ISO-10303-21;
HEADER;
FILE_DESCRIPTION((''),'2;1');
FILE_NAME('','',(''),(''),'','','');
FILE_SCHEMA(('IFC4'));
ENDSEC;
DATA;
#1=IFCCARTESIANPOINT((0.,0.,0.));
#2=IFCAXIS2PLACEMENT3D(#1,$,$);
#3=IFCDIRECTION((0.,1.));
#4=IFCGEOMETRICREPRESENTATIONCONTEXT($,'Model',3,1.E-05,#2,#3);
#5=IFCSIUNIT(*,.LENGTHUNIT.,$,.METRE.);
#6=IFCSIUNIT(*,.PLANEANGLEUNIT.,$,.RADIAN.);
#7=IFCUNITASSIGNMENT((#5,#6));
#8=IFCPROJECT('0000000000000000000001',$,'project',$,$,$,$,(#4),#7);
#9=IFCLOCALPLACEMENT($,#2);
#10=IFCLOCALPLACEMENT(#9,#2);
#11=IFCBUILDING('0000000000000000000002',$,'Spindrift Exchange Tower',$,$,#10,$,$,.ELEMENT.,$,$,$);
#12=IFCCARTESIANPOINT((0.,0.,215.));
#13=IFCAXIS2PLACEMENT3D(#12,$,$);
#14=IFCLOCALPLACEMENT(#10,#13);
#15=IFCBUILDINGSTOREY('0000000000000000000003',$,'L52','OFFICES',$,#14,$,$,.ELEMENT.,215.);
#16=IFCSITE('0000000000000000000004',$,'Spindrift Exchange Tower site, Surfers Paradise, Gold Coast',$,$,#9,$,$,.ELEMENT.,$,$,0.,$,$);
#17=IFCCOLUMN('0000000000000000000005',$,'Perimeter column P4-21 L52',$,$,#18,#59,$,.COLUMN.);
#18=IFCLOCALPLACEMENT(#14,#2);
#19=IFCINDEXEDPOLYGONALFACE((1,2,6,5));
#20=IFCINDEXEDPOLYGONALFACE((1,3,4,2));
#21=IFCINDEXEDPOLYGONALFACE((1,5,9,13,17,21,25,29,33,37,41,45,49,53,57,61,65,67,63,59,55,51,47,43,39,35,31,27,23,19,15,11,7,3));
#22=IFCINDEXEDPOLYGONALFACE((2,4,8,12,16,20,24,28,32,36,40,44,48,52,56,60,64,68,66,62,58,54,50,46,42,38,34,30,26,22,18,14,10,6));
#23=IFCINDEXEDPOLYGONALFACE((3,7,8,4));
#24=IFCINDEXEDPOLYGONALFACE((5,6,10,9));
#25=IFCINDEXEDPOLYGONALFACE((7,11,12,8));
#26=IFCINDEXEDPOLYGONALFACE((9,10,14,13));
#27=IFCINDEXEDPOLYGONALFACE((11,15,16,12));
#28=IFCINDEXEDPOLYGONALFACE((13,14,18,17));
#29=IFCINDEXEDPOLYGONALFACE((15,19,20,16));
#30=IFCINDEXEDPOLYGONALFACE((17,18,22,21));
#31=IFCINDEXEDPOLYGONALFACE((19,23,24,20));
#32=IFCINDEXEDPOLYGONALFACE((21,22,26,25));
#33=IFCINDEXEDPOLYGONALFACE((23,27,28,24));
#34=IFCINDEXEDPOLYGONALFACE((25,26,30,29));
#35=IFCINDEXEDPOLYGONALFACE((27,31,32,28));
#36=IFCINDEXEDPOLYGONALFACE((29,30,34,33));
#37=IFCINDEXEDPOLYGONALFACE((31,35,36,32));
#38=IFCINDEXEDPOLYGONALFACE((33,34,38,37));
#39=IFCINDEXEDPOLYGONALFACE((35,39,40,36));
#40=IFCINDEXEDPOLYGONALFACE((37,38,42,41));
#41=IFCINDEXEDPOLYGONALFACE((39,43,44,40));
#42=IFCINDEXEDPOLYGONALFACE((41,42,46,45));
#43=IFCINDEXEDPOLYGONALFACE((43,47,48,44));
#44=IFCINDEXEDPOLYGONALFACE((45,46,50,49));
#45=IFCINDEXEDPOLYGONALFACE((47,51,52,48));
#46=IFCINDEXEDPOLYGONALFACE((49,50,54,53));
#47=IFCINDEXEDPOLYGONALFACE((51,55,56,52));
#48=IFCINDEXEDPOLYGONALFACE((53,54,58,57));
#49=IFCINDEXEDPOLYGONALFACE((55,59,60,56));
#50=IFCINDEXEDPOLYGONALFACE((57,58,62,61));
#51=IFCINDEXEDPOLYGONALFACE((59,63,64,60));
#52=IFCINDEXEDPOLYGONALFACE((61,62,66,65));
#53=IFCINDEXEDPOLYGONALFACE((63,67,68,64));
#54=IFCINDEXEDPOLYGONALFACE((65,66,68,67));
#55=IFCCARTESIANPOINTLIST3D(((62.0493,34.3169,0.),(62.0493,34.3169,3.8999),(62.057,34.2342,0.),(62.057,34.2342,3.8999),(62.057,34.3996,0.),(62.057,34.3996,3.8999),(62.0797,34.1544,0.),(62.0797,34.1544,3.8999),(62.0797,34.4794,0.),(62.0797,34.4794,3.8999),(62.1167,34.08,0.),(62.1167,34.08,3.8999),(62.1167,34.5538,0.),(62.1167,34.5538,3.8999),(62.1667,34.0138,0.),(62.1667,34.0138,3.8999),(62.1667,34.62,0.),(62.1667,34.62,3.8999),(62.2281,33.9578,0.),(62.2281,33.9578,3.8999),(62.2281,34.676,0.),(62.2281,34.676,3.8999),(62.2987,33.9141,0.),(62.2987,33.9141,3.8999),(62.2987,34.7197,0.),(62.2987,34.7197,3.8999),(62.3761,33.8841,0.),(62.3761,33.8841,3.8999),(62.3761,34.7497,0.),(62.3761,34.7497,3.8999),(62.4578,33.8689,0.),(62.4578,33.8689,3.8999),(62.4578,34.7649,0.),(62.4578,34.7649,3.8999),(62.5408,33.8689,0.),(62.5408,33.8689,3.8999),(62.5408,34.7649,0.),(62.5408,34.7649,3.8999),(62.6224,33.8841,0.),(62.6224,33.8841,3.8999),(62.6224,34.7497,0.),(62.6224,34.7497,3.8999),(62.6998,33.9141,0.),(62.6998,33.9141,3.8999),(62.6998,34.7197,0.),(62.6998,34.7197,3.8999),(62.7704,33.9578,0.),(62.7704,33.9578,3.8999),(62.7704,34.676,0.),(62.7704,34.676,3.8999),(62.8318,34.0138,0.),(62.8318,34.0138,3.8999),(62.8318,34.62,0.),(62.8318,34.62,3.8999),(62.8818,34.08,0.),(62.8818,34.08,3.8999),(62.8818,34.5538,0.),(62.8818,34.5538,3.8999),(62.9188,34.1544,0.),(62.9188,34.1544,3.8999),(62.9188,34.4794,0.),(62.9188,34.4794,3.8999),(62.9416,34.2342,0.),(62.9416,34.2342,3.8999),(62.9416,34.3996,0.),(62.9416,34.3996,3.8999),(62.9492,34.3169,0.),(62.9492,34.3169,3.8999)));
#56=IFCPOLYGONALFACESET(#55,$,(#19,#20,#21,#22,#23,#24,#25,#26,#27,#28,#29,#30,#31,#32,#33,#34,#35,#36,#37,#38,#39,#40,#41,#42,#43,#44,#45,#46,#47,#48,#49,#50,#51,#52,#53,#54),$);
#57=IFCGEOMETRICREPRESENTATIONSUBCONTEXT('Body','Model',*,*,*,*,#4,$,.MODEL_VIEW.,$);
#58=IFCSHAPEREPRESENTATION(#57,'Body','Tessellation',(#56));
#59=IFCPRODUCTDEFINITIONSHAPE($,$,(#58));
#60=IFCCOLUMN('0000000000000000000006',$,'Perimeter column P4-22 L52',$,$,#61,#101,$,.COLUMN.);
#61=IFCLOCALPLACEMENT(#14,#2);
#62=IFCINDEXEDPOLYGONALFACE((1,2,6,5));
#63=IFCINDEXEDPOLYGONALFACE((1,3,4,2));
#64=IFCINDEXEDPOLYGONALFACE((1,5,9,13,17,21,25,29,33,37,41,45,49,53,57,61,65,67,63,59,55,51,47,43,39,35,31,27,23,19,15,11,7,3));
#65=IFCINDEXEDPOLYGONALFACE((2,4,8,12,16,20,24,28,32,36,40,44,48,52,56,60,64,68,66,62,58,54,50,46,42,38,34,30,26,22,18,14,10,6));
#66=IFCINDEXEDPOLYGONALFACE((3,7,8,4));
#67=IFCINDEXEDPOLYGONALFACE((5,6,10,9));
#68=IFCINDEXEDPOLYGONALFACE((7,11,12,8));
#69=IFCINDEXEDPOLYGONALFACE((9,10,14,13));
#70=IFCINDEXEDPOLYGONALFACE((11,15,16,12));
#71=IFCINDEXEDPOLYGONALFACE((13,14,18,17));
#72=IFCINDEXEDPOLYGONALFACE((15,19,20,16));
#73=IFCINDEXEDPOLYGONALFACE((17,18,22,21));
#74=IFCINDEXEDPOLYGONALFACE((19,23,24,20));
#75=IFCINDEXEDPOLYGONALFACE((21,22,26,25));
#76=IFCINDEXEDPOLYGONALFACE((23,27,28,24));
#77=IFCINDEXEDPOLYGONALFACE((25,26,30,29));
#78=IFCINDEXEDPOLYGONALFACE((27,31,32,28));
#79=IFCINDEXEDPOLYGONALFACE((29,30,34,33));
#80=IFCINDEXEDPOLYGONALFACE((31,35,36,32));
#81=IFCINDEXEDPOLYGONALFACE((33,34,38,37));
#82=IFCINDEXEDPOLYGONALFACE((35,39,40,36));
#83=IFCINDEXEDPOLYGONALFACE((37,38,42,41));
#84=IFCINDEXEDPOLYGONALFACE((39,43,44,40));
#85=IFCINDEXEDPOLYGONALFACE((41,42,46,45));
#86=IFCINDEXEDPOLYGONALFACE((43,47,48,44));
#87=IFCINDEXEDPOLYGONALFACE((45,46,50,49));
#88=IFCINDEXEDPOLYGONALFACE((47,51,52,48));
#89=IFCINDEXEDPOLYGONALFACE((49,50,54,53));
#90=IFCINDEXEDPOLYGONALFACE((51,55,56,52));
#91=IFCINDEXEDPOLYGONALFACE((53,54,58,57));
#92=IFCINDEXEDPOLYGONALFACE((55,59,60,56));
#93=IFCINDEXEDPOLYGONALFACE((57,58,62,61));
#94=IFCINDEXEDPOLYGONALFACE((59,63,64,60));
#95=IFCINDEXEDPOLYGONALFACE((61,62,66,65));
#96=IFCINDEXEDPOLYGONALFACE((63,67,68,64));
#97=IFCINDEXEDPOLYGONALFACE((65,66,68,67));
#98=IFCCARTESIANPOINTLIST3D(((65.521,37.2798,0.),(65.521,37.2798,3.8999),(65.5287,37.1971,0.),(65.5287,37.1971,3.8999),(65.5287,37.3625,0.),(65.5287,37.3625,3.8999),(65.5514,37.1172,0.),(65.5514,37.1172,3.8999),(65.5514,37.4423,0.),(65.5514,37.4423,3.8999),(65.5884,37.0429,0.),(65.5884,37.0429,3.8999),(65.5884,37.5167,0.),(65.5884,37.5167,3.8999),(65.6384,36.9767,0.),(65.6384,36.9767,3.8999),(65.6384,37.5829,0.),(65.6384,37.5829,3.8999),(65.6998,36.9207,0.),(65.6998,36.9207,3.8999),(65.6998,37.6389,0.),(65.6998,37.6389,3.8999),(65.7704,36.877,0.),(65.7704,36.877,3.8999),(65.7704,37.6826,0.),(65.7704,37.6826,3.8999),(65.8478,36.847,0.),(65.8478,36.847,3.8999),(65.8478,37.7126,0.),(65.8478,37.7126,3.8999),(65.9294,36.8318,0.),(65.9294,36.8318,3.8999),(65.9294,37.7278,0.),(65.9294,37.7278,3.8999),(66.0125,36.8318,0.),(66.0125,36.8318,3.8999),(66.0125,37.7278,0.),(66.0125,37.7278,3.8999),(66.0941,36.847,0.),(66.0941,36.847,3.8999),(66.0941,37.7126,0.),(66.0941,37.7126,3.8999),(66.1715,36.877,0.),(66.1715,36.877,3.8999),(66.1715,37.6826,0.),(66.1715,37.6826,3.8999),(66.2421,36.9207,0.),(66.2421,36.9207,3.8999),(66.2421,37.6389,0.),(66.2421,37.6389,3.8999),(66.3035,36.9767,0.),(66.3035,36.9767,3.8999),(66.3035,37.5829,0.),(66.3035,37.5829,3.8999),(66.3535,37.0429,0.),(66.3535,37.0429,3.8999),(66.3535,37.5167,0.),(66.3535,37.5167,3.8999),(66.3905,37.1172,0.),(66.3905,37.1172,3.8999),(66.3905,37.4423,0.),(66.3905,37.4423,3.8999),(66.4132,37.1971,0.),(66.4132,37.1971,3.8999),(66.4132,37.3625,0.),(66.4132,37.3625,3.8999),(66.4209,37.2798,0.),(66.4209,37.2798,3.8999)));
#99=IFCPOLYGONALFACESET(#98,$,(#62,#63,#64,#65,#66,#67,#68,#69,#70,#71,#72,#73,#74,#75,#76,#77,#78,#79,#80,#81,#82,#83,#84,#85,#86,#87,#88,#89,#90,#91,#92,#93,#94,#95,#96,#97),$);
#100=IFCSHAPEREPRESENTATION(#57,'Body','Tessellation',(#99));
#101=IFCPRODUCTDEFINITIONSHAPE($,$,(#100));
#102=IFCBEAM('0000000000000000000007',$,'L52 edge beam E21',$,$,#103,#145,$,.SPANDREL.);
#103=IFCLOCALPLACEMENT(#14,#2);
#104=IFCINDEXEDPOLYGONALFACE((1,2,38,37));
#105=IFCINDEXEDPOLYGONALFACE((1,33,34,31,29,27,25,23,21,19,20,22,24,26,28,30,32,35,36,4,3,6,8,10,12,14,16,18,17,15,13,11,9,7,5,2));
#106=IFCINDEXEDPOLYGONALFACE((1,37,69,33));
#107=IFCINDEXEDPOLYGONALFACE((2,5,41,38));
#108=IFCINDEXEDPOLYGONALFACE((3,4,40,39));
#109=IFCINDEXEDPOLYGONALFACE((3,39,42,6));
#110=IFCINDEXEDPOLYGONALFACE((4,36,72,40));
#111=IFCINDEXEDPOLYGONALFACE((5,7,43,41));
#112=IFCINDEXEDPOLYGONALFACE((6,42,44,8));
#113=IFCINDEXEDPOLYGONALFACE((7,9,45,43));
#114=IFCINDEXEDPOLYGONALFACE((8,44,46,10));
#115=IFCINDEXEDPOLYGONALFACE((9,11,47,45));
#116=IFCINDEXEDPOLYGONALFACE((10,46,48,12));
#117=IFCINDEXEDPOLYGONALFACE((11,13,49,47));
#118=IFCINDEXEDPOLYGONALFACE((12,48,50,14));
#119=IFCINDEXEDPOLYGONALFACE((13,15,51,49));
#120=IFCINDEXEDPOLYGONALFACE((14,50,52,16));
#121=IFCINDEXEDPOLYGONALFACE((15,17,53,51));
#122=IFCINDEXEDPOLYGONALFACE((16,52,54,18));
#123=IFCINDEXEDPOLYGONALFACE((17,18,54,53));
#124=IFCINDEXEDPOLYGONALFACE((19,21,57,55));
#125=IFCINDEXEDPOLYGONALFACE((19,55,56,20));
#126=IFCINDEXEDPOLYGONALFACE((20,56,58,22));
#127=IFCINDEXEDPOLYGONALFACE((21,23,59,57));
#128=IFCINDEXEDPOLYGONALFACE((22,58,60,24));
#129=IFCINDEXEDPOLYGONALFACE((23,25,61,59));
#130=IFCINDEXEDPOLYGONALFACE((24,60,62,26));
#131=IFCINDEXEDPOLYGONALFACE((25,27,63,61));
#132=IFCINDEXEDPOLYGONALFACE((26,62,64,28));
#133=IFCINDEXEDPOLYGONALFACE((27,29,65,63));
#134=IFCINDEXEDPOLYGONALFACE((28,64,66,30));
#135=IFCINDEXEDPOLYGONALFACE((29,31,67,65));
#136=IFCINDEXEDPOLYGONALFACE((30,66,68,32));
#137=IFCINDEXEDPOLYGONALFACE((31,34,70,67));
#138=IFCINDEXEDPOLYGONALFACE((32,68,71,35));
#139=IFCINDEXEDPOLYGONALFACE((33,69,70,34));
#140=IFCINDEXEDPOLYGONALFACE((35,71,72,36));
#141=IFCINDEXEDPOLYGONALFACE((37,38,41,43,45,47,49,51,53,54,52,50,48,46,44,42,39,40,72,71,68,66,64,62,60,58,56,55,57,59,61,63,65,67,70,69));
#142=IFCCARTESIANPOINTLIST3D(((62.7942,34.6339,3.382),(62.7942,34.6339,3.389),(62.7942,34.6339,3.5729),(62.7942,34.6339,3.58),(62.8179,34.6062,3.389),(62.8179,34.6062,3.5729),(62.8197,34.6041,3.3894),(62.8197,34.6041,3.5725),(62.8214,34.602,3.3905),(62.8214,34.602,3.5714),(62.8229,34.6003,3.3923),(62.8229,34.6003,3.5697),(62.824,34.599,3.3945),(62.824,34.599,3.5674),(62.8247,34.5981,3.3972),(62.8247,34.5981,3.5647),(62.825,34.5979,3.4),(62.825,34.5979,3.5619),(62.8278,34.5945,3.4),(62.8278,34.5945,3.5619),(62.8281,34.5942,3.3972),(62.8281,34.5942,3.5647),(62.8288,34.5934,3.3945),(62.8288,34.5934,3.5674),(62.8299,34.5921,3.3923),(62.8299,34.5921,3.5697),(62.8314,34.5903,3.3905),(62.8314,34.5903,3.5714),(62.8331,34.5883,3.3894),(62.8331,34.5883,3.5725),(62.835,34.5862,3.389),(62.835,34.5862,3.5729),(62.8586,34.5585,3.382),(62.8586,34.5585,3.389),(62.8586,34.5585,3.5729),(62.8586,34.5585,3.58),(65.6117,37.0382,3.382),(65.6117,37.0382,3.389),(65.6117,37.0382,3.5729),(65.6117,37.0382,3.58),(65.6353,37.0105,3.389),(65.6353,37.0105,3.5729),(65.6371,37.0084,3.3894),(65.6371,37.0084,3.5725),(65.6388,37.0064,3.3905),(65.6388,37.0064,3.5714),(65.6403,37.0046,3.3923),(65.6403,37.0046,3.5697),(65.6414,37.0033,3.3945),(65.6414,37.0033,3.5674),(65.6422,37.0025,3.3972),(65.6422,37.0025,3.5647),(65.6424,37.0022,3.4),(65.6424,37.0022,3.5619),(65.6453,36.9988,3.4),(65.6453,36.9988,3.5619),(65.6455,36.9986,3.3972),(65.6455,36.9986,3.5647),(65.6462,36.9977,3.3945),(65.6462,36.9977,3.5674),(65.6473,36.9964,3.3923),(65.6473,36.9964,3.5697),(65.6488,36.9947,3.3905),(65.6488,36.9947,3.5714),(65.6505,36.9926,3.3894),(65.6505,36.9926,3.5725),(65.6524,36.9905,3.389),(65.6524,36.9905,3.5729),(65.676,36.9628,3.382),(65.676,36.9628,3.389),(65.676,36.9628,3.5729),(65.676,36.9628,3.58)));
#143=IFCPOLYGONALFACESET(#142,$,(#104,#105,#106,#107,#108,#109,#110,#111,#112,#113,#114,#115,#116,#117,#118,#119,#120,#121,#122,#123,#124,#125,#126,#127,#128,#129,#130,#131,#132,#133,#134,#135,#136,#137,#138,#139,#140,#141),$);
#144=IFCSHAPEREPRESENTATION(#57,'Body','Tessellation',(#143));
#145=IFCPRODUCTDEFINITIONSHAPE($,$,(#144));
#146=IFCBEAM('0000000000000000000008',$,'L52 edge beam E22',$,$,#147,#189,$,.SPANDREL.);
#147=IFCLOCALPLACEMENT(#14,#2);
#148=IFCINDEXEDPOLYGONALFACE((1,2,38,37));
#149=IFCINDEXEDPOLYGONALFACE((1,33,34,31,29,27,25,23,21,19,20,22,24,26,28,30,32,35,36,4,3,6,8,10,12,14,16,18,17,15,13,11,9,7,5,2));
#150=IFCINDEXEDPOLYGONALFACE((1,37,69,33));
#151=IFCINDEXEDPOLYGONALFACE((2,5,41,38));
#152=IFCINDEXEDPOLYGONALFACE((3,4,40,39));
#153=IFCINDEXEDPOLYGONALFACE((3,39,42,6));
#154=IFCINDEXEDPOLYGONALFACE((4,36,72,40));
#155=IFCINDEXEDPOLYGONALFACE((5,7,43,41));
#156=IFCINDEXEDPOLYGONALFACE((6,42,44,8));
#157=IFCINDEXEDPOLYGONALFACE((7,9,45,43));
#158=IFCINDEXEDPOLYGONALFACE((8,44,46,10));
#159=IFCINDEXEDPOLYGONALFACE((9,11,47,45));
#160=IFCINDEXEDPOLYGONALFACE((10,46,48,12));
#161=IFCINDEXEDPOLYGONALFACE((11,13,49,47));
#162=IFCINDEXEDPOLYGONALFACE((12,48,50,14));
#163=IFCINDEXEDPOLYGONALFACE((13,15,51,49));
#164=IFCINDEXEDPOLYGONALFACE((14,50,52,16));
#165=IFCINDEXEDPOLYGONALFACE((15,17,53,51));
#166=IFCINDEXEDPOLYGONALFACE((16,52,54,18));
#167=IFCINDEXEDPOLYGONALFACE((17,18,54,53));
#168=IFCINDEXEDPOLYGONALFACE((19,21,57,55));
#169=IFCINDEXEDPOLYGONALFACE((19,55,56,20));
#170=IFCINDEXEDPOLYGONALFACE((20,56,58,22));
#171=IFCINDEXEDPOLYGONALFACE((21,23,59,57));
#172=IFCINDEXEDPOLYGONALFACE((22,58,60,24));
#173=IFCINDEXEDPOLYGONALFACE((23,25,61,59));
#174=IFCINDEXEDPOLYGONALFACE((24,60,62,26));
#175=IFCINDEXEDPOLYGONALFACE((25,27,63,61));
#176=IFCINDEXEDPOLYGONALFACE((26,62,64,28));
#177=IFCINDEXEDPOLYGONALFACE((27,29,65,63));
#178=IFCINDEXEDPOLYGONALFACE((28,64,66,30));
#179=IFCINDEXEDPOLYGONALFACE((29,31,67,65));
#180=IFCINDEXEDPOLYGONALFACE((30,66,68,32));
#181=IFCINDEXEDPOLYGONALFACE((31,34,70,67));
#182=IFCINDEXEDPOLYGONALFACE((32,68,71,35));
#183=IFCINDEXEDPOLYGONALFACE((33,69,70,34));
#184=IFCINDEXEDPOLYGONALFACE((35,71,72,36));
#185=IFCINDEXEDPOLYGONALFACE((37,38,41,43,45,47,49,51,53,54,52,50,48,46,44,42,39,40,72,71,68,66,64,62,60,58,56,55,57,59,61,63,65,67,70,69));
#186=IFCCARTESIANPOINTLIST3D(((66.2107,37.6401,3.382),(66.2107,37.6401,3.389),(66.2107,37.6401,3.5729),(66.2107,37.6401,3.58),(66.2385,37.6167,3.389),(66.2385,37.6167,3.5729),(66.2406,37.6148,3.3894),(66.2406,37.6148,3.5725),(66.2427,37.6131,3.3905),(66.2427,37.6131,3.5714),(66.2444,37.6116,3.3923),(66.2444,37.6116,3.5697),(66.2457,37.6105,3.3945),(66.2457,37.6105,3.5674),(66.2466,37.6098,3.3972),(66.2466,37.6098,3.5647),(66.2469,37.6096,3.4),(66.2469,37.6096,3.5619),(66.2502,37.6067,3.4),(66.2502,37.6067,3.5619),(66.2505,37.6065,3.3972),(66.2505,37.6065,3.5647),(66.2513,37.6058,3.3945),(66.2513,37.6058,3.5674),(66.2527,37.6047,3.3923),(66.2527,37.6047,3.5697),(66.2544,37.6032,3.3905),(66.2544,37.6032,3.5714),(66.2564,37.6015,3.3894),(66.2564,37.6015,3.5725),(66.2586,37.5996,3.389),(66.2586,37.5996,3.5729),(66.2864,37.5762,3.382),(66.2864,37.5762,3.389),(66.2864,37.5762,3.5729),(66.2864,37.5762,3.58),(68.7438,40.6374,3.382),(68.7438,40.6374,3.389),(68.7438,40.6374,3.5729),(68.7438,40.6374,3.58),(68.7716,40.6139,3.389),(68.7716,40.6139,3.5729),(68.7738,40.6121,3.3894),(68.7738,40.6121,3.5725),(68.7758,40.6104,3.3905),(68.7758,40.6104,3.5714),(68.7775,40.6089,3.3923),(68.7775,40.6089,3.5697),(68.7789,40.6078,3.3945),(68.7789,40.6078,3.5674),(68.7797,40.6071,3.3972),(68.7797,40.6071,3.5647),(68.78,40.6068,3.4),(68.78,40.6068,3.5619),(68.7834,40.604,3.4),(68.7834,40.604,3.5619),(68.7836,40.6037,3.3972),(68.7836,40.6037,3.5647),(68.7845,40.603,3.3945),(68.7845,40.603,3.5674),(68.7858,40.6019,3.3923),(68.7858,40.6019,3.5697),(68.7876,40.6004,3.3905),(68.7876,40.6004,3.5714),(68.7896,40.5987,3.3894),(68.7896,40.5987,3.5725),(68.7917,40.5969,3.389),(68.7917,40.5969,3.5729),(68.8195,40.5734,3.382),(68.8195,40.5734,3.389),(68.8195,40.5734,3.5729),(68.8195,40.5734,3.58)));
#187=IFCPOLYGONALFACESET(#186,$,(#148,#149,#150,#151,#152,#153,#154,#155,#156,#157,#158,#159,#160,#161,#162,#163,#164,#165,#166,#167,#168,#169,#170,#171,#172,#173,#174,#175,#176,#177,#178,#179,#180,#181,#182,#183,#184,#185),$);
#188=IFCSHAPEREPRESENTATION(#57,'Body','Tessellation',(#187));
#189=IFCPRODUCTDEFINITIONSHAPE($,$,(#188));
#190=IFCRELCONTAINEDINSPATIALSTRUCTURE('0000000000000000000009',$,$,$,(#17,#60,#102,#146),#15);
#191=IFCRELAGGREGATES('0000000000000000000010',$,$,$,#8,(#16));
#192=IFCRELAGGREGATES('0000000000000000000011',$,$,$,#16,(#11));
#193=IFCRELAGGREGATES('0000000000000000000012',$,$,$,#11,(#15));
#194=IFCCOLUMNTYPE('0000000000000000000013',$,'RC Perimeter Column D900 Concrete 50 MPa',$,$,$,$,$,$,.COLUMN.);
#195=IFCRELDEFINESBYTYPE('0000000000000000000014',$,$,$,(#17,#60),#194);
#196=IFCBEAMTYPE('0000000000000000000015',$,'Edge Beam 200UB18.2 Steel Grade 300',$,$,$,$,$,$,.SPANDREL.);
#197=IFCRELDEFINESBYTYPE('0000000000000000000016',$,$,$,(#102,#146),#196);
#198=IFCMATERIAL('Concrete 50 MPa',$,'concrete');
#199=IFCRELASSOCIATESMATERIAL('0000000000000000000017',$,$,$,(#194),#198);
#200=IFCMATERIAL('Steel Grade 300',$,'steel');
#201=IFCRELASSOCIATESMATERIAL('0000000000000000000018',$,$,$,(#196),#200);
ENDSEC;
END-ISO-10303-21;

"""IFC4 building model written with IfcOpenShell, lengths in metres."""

from ifc_helpers import new_model, si_unit, direction, frame, origin, origin_2d, place, context, subcontext, project, spatial, circle, i_section, extrude, source, transform, mapped, material, material_profile, profile_set, type_object, element, save


model = new_model("IFC4")

# Units and contexts
model_context = context("Model", 3, precision=1e-05, world=origin(), true_north=direction((0.0, 1.0)))
body_context = subcontext(model_context, "Body", "Model", "MODEL_VIEW")
ifc_project = project(units=[si_unit("LENGTHUNIT", "METRE"), si_unit("PLANEANGLEUNIT", "RADIAN")], contexts=[model_context])

# Site, building, storey
site_placement = place(None, origin())
site = spatial("IfcSite", under=ifc_project, at=site_placement, Name="Spindrift Exchange Tower site, Surfers Paradise, Gold Coast", CompositionType="ELEMENT", RefElevation=0.0)
building_placement = place(site_placement, origin())
building = spatial("IfcBuilding", under=site, at=building_placement, Name="Spindrift Exchange Tower", CompositionType="ELEMENT")
storey_placement = place(building_placement, frame((0.0, 0.0, 215.0)))
storey = spatial("IfcBuildingStorey", under=building, at=storey_placement, Name="L52", Description="OFFICES", CompositionType="ELEMENT", Elevation=215.0)

# Columns
ifc_material_1 = material(Name="Concrete 50 MPa", Category="concrete")
ifc_material_profile_1 = material_profile(ifc_material_1, circle(Radius=0.45, at=origin_2d()), Name="RC D900")
ifc_profile_set_1 = profile_set([ifc_material_profile_1], Name="Concrete 50 MPa")
column_type = type_object("IfcColumnType", Name="RC Perimeter Column D900 Concrete 50 MPa", PredefinedType="COLUMN", material=ifc_profile_set_1)
shared_shape_1 = source(origin(), body_context, "Body", "SweptSolid", [
    extrude(circle(Radius=0.45, at=origin_2d()), origin(), (0.0, 0.0, 1.0), 3.8999),
])
for number, where, z_axis, x_axis, name in (
    (1, (62.4993, 34.3169, 0.0), (0.0, 0.0, 1.0), (1.0, 0.0, 0.0), "Perimeter column P4-21 L52"),
    (2, (65.9709, 37.2798, 0.0), (0.0, 0.0, 1.0), (1.0, 0.0, 0.0), "Perimeter column P4-22 L52"),
):
    element("IfcColumn", number, at=place(storey_placement, frame(where, z_axis=z_axis, x_axis=x_axis)), inside=storey, type_object=column_type, Name=name, PredefinedType="COLUMN", context=body_context, shape_type="MappedRepresentation", body=[
        mapped(shared_shape_1, transform((0.0, 0.0, 0.0), scale=1.0)),
    ])

# Beams
ifc_material_2 = material(Name="Steel Grade 300", Category="steel")
ifc_material_profile_2 = material_profile(ifc_material_2, i_section(OverallWidth=0.0991, OverallDepth=0.198, WebThickness=0.0044, FlangeThickness=0.0071, FilletRadius=0.011, at=origin_2d()), Name="200UB18.2")
ifc_profile_set_2 = profile_set([ifc_material_profile_2], Name="Steel Grade 300")
beam_type_1 = type_object("IfcBeamType", Name="Edge Beam 200UB18.2 Steel Grade 300", PredefinedType="SPANDREL", material=ifc_profile_set_2)
shared_shape_2 = source(origin(), body_context, "Body", "SweptSolid", [
    extrude(i_section(OverallWidth=0.0991, OverallDepth=0.198, WebThickness=0.0044, FlangeThickness=0.0071, FilletRadius=0.011, at=origin_2d()), origin(), (0.0, 0.0, 1.0), 3.7039),
])
beam_1_placement = place(storey_placement, frame((62.8264, 34.5962, 3.481), z_axis=(0.760669, 0.64914, 0.0), x_axis=(-0.64914, 0.760669, 0.0)))
element("IfcBeam", 3, at=beam_1_placement, inside=storey, type_object=beam_type_1, Name="L52 edge beam E21", PredefinedType="SPANDREL", context=body_context, shape_type="MappedRepresentation", body=[
    mapped(shared_shape_2, transform((0.0, 0.0, 0.0), scale=1.0)),
])
shared_shape_3 = source(origin(), body_context, "Body", "SweptSolid", [
    extrude(i_section(OverallWidth=0.0991, OverallDepth=0.198, WebThickness=0.0044, FlangeThickness=0.0071, FilletRadius=0.011, at=origin_2d()), origin(), (0.0, 0.0, 1.0), 3.9243),
])
beam_2_placement = place(storey_placement, frame((66.2485, 37.6082, 3.481), z_axis=(0.645499, 0.763761, 0.0), x_axis=(-0.763761, 0.645499, 0.0)))
element("IfcBeam", 4, at=beam_2_placement, inside=storey, type_object=beam_type_1, Name="L52 edge beam E22", PredefinedType="SPANDREL", context=body_context, shape_type="MappedRepresentation", body=[
    mapped(shared_shape_3, transform((0.0, 0.0, 0.0), scale=1.0)),
])

save(model, "model.ifc")
